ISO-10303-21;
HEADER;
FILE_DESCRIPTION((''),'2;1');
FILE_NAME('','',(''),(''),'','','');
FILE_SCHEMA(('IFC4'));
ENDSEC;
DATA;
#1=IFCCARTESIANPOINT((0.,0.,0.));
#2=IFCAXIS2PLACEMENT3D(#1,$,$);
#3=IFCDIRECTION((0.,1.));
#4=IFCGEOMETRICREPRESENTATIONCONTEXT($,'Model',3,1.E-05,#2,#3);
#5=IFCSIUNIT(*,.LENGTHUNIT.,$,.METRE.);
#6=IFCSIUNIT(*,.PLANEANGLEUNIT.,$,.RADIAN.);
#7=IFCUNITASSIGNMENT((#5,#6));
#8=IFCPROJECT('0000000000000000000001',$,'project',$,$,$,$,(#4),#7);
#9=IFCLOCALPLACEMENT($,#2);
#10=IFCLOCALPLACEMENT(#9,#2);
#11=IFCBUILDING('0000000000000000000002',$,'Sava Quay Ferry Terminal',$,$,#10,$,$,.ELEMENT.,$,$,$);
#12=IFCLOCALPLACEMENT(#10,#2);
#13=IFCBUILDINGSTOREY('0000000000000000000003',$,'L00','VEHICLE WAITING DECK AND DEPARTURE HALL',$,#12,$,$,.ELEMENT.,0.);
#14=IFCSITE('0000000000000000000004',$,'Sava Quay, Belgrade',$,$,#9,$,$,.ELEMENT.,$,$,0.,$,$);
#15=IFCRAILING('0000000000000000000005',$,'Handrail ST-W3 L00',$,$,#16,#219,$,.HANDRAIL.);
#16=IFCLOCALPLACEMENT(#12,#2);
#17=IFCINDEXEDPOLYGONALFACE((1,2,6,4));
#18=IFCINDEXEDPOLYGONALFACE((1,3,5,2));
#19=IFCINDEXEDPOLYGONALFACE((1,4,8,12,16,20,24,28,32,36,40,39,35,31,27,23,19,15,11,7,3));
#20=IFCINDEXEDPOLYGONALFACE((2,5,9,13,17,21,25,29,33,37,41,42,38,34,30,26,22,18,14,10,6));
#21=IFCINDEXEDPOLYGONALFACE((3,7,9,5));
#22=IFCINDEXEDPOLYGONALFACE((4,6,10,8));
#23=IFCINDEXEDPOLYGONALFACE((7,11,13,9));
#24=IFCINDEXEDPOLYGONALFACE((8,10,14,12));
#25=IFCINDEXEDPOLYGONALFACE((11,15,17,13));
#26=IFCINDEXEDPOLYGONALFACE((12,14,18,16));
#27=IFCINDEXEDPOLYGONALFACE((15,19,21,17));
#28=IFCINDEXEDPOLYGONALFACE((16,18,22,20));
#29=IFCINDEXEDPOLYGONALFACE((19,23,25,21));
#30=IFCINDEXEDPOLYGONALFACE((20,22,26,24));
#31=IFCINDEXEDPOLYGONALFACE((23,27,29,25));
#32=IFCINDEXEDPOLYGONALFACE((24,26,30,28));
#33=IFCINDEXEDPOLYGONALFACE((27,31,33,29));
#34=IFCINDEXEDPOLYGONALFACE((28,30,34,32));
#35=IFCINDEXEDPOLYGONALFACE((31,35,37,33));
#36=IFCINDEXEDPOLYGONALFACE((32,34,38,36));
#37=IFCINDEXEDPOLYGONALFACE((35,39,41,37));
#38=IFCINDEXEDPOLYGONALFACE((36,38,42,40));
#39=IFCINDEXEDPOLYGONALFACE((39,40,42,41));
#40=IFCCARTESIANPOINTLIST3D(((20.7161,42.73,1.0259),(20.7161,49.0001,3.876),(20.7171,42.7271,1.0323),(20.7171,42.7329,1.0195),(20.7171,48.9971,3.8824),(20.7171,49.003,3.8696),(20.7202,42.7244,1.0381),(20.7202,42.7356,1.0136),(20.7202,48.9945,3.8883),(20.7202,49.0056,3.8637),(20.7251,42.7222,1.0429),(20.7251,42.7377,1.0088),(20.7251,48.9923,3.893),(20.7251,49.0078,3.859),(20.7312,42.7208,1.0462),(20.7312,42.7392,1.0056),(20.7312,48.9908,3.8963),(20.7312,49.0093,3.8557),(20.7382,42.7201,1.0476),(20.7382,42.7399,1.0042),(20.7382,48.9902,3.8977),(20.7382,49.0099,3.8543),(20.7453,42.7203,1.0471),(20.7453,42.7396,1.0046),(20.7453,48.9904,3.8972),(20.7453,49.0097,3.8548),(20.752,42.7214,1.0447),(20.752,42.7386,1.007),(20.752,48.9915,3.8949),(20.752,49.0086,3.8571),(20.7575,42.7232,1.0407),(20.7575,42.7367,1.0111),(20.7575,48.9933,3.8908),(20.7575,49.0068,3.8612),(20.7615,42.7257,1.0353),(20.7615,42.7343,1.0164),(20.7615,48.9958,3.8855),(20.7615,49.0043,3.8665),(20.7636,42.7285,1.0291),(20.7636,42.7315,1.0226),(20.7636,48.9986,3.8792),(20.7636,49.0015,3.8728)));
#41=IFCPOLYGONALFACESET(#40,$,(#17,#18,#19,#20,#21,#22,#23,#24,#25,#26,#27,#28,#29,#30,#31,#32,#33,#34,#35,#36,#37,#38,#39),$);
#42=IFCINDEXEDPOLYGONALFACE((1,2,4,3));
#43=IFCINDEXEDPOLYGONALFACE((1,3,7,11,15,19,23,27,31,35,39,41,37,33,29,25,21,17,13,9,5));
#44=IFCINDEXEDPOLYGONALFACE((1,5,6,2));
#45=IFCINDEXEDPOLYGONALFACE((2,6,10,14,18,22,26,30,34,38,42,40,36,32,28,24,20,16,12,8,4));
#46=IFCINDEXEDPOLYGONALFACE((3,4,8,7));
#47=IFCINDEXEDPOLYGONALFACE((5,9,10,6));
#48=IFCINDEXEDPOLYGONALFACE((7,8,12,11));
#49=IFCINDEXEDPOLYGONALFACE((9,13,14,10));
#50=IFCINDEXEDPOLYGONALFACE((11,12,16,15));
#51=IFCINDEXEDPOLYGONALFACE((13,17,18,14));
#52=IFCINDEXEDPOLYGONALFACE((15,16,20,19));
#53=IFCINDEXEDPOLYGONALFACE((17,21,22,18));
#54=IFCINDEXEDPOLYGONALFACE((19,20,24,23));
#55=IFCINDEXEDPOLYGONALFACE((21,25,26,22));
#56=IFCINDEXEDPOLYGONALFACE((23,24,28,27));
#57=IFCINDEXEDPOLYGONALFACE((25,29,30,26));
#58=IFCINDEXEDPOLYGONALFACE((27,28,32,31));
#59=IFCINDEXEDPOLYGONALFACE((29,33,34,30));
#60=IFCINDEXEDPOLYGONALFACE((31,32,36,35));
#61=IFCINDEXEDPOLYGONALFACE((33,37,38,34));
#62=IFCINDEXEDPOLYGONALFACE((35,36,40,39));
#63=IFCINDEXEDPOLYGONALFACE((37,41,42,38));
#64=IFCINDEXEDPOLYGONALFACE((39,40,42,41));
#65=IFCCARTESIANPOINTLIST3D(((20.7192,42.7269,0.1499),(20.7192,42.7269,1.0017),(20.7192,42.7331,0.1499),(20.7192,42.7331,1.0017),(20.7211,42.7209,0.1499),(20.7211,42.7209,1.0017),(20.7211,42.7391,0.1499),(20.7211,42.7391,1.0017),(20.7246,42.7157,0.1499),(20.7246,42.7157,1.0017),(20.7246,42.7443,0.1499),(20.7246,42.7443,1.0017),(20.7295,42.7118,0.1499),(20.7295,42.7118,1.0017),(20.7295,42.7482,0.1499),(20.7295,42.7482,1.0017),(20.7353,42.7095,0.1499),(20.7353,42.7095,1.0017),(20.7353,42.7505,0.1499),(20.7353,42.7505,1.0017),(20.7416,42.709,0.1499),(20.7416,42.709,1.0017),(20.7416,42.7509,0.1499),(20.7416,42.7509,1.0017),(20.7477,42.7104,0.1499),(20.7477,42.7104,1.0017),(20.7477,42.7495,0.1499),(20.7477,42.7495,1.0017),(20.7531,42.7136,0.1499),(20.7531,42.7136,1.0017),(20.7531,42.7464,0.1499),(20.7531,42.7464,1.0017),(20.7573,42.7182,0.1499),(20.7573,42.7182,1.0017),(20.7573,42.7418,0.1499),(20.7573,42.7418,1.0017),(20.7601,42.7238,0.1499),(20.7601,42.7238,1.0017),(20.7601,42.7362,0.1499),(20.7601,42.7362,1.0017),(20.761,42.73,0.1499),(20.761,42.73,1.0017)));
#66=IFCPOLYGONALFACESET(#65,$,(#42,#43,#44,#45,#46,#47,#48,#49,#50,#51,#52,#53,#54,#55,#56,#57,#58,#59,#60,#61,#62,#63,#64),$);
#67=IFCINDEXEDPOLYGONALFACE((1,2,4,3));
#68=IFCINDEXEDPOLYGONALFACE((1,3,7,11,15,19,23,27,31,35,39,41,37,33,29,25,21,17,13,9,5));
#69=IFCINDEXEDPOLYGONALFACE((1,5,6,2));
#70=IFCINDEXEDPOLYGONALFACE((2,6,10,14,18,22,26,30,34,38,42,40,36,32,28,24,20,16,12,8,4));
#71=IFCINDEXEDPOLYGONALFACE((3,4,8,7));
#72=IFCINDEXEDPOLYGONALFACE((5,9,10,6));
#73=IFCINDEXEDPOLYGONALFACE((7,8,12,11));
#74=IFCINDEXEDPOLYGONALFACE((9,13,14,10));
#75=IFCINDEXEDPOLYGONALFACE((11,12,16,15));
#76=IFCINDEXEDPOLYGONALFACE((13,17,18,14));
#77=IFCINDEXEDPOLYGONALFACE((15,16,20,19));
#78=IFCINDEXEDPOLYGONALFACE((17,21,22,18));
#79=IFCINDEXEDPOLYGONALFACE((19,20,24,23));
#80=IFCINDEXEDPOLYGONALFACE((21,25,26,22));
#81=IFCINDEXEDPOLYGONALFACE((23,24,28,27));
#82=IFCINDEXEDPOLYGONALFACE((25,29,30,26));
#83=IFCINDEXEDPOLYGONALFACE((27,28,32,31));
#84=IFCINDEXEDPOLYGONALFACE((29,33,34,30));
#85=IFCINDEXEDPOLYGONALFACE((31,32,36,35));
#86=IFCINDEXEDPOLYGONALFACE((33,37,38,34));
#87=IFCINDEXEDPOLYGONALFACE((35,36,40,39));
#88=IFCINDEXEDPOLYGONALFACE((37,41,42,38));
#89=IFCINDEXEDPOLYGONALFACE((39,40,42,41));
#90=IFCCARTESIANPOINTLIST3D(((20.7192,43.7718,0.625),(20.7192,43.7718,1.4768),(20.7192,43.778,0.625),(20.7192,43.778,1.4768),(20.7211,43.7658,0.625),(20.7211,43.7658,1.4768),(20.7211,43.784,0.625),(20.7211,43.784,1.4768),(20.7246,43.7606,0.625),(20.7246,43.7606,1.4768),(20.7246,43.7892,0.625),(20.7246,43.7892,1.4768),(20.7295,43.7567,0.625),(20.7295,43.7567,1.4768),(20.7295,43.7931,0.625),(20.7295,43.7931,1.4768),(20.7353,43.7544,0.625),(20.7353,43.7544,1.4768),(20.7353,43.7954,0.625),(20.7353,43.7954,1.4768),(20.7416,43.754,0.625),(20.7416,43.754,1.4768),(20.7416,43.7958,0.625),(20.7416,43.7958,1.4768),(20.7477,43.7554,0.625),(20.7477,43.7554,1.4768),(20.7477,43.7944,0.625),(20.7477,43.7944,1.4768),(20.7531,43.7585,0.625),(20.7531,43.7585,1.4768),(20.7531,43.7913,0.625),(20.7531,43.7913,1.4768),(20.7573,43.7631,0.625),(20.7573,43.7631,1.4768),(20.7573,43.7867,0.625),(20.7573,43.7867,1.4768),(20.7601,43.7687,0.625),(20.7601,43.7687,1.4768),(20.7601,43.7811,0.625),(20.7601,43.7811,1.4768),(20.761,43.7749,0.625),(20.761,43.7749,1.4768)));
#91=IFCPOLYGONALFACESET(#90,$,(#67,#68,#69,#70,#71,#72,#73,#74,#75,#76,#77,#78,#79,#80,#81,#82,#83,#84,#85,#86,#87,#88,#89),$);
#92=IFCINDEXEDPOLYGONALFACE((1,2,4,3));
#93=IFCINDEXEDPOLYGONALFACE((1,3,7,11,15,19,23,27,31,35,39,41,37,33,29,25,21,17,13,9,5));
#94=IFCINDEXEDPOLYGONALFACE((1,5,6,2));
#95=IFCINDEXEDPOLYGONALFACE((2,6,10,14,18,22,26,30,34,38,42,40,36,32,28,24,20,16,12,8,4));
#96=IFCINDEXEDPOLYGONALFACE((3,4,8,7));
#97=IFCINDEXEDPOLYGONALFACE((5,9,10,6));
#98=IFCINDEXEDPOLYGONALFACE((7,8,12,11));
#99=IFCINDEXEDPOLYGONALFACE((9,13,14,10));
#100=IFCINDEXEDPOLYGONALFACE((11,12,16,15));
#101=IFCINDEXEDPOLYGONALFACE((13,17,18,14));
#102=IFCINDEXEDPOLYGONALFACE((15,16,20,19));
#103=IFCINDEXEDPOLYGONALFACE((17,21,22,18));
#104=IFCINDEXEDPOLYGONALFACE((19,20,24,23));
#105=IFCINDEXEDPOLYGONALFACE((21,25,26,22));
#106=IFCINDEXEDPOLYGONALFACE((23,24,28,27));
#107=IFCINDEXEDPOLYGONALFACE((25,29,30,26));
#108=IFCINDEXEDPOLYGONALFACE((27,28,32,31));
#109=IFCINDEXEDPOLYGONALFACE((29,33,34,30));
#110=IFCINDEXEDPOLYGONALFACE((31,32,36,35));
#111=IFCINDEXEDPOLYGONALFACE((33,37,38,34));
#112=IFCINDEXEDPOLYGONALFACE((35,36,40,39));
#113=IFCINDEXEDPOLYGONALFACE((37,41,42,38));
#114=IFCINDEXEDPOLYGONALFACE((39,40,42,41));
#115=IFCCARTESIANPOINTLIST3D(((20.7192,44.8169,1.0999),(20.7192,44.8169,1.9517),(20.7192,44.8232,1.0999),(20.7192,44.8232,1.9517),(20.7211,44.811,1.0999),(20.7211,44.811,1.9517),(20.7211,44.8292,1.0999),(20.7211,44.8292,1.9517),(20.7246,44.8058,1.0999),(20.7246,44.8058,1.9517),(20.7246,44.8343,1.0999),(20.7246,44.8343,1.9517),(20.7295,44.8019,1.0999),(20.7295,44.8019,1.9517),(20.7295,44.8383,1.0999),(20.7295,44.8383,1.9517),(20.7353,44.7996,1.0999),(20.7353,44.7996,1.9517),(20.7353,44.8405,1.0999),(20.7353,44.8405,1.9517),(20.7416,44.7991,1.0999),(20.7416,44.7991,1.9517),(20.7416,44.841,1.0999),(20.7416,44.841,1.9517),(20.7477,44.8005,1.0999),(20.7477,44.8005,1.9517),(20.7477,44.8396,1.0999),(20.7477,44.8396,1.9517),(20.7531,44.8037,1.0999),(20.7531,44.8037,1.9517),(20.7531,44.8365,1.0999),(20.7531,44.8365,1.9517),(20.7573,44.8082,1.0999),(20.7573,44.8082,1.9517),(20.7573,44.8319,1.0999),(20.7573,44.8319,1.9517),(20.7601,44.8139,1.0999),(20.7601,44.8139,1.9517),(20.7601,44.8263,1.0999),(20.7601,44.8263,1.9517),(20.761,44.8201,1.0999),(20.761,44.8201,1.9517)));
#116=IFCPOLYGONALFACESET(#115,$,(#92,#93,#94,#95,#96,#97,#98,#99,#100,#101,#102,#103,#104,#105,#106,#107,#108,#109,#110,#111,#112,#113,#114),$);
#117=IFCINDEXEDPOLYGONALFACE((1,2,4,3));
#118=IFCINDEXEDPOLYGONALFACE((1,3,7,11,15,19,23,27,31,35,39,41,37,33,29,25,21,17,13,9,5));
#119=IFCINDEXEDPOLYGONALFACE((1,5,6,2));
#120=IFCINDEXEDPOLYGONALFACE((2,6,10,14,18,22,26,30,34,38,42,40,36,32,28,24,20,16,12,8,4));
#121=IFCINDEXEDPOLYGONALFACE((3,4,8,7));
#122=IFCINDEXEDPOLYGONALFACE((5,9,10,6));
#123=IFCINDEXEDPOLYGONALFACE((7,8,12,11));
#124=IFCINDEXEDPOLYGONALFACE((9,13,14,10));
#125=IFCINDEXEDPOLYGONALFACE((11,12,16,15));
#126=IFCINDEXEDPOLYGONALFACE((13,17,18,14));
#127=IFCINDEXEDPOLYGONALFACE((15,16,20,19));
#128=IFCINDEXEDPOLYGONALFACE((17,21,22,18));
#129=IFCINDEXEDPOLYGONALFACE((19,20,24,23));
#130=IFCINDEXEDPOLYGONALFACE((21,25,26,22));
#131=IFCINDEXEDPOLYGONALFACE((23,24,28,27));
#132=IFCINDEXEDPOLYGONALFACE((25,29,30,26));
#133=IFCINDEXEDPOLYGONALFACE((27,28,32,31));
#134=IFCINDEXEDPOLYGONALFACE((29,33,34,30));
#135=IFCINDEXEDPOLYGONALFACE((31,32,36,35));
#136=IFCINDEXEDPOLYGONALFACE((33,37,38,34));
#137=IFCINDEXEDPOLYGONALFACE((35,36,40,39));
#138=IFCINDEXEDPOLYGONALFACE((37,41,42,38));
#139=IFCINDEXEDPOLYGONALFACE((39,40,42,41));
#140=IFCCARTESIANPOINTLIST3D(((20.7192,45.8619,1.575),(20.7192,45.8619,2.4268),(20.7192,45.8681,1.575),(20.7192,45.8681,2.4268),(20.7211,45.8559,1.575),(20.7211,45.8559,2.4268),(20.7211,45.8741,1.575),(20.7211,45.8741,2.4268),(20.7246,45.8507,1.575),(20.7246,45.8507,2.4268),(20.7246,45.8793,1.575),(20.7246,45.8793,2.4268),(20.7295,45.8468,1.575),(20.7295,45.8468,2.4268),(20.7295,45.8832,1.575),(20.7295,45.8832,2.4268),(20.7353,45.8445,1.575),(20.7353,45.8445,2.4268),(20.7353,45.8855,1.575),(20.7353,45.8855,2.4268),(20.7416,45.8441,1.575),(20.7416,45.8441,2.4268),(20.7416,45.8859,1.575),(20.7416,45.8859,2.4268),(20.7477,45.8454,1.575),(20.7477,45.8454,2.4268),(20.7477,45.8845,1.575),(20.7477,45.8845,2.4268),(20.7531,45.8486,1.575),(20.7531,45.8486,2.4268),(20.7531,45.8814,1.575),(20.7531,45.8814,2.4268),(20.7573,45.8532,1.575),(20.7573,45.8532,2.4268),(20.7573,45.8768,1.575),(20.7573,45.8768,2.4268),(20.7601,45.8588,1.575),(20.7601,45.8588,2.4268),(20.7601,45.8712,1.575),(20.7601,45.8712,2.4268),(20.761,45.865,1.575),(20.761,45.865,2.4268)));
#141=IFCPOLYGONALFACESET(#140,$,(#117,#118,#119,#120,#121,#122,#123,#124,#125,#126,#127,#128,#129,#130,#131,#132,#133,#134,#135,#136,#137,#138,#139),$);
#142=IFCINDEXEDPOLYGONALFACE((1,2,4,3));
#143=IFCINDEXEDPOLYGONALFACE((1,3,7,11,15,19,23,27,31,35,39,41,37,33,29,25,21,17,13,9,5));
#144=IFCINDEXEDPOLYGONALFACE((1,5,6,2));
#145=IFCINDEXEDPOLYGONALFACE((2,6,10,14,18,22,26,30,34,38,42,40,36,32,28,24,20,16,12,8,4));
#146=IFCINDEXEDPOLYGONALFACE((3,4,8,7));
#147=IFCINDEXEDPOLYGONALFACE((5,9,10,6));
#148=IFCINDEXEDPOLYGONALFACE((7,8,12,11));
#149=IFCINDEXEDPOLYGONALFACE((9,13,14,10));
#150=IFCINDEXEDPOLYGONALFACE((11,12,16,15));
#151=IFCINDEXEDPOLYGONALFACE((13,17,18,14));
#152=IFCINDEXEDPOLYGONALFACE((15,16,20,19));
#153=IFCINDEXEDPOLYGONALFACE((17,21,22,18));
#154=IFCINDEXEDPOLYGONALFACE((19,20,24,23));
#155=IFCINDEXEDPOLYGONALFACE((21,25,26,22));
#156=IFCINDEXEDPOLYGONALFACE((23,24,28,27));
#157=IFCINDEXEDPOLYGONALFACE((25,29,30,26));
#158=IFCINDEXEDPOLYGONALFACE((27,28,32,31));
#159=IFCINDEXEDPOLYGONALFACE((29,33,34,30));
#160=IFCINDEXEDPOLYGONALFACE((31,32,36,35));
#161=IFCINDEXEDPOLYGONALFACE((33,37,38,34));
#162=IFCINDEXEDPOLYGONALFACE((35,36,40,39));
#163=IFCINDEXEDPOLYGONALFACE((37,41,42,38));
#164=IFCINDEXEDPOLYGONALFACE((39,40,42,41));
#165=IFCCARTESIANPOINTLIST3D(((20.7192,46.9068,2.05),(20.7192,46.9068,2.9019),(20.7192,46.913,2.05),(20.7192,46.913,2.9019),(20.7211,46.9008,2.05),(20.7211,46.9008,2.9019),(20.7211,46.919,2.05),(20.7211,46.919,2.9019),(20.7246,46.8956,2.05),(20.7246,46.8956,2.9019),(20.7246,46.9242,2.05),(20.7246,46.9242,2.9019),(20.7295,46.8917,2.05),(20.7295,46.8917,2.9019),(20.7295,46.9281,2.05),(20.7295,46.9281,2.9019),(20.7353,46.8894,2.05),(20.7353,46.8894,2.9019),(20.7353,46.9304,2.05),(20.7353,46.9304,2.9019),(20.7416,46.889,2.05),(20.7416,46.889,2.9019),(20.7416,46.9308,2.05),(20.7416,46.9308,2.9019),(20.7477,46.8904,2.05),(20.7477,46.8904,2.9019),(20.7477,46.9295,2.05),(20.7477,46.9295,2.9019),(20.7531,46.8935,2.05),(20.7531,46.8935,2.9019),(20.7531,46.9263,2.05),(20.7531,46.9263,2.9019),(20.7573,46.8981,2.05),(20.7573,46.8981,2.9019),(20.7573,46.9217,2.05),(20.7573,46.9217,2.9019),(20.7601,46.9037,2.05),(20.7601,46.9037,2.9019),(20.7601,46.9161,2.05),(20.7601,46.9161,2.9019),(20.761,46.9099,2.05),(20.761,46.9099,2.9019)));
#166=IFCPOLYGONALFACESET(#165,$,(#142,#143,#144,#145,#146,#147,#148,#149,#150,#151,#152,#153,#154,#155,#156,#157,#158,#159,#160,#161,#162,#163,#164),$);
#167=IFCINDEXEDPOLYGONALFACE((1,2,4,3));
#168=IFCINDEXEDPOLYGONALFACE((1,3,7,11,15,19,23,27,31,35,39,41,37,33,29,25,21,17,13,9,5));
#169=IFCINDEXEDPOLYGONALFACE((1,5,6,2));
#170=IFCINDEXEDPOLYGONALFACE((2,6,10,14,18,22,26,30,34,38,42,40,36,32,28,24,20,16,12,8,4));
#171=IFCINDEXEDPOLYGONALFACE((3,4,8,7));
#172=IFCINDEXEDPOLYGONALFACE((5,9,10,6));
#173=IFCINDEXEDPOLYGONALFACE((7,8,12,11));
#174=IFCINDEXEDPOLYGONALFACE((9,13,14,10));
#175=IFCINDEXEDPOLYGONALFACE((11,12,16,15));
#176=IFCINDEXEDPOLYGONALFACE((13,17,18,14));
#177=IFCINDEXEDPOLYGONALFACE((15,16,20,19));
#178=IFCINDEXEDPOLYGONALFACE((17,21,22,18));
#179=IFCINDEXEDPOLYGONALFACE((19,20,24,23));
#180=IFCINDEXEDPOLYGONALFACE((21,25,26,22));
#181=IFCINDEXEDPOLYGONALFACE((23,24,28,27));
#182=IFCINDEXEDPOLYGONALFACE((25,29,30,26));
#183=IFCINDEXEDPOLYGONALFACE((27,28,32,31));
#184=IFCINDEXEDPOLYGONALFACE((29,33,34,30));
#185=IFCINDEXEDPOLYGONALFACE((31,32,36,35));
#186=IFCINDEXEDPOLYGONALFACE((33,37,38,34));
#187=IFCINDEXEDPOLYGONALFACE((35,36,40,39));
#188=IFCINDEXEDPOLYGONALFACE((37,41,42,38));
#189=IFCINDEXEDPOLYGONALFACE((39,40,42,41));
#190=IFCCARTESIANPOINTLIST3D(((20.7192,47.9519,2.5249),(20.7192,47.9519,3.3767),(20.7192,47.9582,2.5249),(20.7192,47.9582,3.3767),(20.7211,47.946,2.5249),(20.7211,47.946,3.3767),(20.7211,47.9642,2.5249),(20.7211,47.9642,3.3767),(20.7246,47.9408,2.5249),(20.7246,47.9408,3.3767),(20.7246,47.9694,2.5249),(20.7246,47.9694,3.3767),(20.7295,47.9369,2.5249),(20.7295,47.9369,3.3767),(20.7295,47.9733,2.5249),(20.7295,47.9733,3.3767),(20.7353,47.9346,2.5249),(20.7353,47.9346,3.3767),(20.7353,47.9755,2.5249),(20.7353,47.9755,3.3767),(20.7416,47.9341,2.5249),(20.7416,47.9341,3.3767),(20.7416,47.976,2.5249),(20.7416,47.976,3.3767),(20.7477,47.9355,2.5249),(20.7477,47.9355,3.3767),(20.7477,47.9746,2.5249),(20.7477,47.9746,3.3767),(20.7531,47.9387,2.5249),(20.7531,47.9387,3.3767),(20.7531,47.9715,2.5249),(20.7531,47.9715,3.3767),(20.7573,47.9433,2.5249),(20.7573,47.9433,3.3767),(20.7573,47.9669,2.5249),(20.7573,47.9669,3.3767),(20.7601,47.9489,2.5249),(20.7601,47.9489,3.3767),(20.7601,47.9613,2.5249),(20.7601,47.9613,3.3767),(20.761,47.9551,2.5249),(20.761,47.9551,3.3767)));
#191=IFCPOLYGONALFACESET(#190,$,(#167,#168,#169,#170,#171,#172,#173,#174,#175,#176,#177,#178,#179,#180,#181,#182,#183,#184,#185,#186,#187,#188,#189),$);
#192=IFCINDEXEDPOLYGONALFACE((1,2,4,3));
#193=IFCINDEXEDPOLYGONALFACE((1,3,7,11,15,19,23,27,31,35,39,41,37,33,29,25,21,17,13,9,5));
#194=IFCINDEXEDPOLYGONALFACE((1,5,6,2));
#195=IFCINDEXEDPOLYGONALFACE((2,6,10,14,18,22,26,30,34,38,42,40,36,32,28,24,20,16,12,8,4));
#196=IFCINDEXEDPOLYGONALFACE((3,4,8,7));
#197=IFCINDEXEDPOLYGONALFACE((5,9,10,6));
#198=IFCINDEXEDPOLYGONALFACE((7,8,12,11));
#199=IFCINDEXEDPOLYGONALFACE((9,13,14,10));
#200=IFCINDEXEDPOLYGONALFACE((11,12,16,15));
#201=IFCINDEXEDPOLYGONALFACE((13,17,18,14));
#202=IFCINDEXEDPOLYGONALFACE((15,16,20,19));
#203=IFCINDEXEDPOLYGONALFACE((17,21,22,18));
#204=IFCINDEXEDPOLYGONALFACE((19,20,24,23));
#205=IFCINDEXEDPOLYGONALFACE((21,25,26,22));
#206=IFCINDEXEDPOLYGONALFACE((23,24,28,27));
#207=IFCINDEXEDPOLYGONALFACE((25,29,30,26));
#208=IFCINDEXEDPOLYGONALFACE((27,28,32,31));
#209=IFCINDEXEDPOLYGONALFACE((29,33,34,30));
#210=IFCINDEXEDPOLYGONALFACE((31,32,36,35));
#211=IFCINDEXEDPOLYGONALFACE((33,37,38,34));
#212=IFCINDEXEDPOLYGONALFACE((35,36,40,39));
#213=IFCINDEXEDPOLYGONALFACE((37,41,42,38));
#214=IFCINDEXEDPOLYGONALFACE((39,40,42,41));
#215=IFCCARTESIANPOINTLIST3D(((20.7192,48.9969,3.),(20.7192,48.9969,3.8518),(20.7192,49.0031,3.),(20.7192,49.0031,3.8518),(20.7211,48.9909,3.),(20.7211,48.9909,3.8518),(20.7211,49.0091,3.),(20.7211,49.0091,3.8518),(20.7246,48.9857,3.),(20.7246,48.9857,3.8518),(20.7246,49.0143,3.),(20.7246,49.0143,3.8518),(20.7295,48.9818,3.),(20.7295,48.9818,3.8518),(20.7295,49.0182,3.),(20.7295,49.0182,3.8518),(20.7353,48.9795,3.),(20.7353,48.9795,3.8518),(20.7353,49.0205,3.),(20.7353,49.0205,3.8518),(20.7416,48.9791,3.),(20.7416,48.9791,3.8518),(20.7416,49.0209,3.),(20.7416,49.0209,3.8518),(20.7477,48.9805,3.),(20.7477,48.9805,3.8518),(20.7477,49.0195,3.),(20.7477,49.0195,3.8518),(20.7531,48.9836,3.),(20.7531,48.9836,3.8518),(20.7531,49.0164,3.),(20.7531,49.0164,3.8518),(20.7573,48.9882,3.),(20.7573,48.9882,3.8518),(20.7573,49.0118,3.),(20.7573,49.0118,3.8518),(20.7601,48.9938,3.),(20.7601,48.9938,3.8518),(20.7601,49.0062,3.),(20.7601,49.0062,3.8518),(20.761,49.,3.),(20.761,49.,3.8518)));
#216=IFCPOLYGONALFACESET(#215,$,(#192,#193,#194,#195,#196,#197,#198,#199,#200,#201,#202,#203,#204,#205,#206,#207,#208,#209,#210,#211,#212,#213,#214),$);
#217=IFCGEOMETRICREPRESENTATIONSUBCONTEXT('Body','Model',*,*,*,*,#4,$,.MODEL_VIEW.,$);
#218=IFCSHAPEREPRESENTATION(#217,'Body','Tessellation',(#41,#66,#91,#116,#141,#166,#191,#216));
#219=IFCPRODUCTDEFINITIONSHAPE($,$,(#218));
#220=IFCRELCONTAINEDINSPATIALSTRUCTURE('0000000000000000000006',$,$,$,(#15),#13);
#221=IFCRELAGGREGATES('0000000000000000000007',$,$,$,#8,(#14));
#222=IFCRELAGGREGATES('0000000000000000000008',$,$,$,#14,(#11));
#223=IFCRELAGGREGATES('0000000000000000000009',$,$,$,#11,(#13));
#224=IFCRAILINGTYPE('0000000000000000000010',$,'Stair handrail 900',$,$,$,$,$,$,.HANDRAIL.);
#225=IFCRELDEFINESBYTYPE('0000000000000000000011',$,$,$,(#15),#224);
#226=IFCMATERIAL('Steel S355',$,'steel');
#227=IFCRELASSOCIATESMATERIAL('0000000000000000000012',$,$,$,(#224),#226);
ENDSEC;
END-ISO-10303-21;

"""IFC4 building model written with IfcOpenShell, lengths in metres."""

from ifc_helpers import new_model, si_unit, direction, frame, origin, origin_2d, place, context, subcontext, project, spatial, circle, extrude, material, type_object, element, save


model = new_model("IFC4")

# Units and contexts
model_context = context("Model", 3, precision=1e-05, world=origin(), true_north=direction((0.0, 1.0)))
body_context = subcontext(model_context, "Body", "Model", "MODEL_VIEW")
ifc_project = project(units=[si_unit("LENGTHUNIT", "METRE"), si_unit("PLANEANGLEUNIT", "RADIAN")], contexts=[model_context])

# Site, building, storey
site_placement = place(None, origin())
site = spatial("IfcSite", under=ifc_project, at=site_placement, Name="Sava Quay, Belgrade", CompositionType="ELEMENT", RefElevation=0.0)
building_placement = place(site_placement, origin())
building = spatial("IfcBuilding", under=site, at=building_placement, Name="Sava Quay Ferry Terminal", CompositionType="ELEMENT")
storey_placement = place(building_placement, origin())
storey = spatial("IfcBuildingStorey", under=building, at=storey_placement, Name="L00", Description="VEHICLE WAITING DECK AND DEPARTURE HALL", CompositionType="ELEMENT", Elevation=0.0)

# Railing
ifc_material_1 = material(Name="Steel S355", Category="steel")
railing_type_1 = type_object("IfcRailingType", Name="Stair handrail 900", PredefinedType="HANDRAIL", material=ifc_material_1)
railing_1_placement = place(storey_placement, frame((20.74, 42.73, 0.1499)))
element("IfcRailing", 1, at=railing_1_placement, inside=storey, type_object=railing_type_1, Name="Handrail ST-W3 L00", PredefinedType="HANDRAIL", context=body_context, shape_type="SweptSolid", body=[
    extrude(circle(Radius=0.0239, at=origin_2d()), frame((0.0, 0.0, 0.876), z_axis=(0.0, 0.910362, 0.413814), x_axis=(-1.0, 0.0, 0.0)), (0.0, 0.0, 1.0), 6.8875),
    extrude(circle(Radius=0.021, at=origin_2d()), origin(), (0.0, 0.0, 1.0), 0.8518),
    extrude(circle(Radius=0.021, at=origin_2d()), frame((0.0, 1.0449, 0.4751)), (0.0, 0.0, 1.0), 0.8518),
    extrude(circle(Radius=0.021, at=origin_2d()), frame((0.0, 2.0901, 0.95)), (0.0, 0.0, 1.0), 0.8518),
    extrude(circle(Radius=0.021, at=origin_2d()), frame((0.0, 3.135, 1.425)), (0.0, 0.0, 1.0), 0.8518),
    extrude(circle(Radius=0.021, at=origin_2d()), frame((0.0, 4.1799, 1.9001)), (0.0, 0.0, 1.0), 0.8518),
    extrude(circle(Radius=0.021, at=origin_2d()), frame((0.0, 5.2251, 2.375)), (0.0, 0.0, 1.0), 0.8518),
    extrude(circle(Radius=0.021, at=origin_2d()), frame((0.0, 6.27, 2.8501)), (0.0, 0.0, 1.0), 0.8518),
])

save(model, "model.ifc")
